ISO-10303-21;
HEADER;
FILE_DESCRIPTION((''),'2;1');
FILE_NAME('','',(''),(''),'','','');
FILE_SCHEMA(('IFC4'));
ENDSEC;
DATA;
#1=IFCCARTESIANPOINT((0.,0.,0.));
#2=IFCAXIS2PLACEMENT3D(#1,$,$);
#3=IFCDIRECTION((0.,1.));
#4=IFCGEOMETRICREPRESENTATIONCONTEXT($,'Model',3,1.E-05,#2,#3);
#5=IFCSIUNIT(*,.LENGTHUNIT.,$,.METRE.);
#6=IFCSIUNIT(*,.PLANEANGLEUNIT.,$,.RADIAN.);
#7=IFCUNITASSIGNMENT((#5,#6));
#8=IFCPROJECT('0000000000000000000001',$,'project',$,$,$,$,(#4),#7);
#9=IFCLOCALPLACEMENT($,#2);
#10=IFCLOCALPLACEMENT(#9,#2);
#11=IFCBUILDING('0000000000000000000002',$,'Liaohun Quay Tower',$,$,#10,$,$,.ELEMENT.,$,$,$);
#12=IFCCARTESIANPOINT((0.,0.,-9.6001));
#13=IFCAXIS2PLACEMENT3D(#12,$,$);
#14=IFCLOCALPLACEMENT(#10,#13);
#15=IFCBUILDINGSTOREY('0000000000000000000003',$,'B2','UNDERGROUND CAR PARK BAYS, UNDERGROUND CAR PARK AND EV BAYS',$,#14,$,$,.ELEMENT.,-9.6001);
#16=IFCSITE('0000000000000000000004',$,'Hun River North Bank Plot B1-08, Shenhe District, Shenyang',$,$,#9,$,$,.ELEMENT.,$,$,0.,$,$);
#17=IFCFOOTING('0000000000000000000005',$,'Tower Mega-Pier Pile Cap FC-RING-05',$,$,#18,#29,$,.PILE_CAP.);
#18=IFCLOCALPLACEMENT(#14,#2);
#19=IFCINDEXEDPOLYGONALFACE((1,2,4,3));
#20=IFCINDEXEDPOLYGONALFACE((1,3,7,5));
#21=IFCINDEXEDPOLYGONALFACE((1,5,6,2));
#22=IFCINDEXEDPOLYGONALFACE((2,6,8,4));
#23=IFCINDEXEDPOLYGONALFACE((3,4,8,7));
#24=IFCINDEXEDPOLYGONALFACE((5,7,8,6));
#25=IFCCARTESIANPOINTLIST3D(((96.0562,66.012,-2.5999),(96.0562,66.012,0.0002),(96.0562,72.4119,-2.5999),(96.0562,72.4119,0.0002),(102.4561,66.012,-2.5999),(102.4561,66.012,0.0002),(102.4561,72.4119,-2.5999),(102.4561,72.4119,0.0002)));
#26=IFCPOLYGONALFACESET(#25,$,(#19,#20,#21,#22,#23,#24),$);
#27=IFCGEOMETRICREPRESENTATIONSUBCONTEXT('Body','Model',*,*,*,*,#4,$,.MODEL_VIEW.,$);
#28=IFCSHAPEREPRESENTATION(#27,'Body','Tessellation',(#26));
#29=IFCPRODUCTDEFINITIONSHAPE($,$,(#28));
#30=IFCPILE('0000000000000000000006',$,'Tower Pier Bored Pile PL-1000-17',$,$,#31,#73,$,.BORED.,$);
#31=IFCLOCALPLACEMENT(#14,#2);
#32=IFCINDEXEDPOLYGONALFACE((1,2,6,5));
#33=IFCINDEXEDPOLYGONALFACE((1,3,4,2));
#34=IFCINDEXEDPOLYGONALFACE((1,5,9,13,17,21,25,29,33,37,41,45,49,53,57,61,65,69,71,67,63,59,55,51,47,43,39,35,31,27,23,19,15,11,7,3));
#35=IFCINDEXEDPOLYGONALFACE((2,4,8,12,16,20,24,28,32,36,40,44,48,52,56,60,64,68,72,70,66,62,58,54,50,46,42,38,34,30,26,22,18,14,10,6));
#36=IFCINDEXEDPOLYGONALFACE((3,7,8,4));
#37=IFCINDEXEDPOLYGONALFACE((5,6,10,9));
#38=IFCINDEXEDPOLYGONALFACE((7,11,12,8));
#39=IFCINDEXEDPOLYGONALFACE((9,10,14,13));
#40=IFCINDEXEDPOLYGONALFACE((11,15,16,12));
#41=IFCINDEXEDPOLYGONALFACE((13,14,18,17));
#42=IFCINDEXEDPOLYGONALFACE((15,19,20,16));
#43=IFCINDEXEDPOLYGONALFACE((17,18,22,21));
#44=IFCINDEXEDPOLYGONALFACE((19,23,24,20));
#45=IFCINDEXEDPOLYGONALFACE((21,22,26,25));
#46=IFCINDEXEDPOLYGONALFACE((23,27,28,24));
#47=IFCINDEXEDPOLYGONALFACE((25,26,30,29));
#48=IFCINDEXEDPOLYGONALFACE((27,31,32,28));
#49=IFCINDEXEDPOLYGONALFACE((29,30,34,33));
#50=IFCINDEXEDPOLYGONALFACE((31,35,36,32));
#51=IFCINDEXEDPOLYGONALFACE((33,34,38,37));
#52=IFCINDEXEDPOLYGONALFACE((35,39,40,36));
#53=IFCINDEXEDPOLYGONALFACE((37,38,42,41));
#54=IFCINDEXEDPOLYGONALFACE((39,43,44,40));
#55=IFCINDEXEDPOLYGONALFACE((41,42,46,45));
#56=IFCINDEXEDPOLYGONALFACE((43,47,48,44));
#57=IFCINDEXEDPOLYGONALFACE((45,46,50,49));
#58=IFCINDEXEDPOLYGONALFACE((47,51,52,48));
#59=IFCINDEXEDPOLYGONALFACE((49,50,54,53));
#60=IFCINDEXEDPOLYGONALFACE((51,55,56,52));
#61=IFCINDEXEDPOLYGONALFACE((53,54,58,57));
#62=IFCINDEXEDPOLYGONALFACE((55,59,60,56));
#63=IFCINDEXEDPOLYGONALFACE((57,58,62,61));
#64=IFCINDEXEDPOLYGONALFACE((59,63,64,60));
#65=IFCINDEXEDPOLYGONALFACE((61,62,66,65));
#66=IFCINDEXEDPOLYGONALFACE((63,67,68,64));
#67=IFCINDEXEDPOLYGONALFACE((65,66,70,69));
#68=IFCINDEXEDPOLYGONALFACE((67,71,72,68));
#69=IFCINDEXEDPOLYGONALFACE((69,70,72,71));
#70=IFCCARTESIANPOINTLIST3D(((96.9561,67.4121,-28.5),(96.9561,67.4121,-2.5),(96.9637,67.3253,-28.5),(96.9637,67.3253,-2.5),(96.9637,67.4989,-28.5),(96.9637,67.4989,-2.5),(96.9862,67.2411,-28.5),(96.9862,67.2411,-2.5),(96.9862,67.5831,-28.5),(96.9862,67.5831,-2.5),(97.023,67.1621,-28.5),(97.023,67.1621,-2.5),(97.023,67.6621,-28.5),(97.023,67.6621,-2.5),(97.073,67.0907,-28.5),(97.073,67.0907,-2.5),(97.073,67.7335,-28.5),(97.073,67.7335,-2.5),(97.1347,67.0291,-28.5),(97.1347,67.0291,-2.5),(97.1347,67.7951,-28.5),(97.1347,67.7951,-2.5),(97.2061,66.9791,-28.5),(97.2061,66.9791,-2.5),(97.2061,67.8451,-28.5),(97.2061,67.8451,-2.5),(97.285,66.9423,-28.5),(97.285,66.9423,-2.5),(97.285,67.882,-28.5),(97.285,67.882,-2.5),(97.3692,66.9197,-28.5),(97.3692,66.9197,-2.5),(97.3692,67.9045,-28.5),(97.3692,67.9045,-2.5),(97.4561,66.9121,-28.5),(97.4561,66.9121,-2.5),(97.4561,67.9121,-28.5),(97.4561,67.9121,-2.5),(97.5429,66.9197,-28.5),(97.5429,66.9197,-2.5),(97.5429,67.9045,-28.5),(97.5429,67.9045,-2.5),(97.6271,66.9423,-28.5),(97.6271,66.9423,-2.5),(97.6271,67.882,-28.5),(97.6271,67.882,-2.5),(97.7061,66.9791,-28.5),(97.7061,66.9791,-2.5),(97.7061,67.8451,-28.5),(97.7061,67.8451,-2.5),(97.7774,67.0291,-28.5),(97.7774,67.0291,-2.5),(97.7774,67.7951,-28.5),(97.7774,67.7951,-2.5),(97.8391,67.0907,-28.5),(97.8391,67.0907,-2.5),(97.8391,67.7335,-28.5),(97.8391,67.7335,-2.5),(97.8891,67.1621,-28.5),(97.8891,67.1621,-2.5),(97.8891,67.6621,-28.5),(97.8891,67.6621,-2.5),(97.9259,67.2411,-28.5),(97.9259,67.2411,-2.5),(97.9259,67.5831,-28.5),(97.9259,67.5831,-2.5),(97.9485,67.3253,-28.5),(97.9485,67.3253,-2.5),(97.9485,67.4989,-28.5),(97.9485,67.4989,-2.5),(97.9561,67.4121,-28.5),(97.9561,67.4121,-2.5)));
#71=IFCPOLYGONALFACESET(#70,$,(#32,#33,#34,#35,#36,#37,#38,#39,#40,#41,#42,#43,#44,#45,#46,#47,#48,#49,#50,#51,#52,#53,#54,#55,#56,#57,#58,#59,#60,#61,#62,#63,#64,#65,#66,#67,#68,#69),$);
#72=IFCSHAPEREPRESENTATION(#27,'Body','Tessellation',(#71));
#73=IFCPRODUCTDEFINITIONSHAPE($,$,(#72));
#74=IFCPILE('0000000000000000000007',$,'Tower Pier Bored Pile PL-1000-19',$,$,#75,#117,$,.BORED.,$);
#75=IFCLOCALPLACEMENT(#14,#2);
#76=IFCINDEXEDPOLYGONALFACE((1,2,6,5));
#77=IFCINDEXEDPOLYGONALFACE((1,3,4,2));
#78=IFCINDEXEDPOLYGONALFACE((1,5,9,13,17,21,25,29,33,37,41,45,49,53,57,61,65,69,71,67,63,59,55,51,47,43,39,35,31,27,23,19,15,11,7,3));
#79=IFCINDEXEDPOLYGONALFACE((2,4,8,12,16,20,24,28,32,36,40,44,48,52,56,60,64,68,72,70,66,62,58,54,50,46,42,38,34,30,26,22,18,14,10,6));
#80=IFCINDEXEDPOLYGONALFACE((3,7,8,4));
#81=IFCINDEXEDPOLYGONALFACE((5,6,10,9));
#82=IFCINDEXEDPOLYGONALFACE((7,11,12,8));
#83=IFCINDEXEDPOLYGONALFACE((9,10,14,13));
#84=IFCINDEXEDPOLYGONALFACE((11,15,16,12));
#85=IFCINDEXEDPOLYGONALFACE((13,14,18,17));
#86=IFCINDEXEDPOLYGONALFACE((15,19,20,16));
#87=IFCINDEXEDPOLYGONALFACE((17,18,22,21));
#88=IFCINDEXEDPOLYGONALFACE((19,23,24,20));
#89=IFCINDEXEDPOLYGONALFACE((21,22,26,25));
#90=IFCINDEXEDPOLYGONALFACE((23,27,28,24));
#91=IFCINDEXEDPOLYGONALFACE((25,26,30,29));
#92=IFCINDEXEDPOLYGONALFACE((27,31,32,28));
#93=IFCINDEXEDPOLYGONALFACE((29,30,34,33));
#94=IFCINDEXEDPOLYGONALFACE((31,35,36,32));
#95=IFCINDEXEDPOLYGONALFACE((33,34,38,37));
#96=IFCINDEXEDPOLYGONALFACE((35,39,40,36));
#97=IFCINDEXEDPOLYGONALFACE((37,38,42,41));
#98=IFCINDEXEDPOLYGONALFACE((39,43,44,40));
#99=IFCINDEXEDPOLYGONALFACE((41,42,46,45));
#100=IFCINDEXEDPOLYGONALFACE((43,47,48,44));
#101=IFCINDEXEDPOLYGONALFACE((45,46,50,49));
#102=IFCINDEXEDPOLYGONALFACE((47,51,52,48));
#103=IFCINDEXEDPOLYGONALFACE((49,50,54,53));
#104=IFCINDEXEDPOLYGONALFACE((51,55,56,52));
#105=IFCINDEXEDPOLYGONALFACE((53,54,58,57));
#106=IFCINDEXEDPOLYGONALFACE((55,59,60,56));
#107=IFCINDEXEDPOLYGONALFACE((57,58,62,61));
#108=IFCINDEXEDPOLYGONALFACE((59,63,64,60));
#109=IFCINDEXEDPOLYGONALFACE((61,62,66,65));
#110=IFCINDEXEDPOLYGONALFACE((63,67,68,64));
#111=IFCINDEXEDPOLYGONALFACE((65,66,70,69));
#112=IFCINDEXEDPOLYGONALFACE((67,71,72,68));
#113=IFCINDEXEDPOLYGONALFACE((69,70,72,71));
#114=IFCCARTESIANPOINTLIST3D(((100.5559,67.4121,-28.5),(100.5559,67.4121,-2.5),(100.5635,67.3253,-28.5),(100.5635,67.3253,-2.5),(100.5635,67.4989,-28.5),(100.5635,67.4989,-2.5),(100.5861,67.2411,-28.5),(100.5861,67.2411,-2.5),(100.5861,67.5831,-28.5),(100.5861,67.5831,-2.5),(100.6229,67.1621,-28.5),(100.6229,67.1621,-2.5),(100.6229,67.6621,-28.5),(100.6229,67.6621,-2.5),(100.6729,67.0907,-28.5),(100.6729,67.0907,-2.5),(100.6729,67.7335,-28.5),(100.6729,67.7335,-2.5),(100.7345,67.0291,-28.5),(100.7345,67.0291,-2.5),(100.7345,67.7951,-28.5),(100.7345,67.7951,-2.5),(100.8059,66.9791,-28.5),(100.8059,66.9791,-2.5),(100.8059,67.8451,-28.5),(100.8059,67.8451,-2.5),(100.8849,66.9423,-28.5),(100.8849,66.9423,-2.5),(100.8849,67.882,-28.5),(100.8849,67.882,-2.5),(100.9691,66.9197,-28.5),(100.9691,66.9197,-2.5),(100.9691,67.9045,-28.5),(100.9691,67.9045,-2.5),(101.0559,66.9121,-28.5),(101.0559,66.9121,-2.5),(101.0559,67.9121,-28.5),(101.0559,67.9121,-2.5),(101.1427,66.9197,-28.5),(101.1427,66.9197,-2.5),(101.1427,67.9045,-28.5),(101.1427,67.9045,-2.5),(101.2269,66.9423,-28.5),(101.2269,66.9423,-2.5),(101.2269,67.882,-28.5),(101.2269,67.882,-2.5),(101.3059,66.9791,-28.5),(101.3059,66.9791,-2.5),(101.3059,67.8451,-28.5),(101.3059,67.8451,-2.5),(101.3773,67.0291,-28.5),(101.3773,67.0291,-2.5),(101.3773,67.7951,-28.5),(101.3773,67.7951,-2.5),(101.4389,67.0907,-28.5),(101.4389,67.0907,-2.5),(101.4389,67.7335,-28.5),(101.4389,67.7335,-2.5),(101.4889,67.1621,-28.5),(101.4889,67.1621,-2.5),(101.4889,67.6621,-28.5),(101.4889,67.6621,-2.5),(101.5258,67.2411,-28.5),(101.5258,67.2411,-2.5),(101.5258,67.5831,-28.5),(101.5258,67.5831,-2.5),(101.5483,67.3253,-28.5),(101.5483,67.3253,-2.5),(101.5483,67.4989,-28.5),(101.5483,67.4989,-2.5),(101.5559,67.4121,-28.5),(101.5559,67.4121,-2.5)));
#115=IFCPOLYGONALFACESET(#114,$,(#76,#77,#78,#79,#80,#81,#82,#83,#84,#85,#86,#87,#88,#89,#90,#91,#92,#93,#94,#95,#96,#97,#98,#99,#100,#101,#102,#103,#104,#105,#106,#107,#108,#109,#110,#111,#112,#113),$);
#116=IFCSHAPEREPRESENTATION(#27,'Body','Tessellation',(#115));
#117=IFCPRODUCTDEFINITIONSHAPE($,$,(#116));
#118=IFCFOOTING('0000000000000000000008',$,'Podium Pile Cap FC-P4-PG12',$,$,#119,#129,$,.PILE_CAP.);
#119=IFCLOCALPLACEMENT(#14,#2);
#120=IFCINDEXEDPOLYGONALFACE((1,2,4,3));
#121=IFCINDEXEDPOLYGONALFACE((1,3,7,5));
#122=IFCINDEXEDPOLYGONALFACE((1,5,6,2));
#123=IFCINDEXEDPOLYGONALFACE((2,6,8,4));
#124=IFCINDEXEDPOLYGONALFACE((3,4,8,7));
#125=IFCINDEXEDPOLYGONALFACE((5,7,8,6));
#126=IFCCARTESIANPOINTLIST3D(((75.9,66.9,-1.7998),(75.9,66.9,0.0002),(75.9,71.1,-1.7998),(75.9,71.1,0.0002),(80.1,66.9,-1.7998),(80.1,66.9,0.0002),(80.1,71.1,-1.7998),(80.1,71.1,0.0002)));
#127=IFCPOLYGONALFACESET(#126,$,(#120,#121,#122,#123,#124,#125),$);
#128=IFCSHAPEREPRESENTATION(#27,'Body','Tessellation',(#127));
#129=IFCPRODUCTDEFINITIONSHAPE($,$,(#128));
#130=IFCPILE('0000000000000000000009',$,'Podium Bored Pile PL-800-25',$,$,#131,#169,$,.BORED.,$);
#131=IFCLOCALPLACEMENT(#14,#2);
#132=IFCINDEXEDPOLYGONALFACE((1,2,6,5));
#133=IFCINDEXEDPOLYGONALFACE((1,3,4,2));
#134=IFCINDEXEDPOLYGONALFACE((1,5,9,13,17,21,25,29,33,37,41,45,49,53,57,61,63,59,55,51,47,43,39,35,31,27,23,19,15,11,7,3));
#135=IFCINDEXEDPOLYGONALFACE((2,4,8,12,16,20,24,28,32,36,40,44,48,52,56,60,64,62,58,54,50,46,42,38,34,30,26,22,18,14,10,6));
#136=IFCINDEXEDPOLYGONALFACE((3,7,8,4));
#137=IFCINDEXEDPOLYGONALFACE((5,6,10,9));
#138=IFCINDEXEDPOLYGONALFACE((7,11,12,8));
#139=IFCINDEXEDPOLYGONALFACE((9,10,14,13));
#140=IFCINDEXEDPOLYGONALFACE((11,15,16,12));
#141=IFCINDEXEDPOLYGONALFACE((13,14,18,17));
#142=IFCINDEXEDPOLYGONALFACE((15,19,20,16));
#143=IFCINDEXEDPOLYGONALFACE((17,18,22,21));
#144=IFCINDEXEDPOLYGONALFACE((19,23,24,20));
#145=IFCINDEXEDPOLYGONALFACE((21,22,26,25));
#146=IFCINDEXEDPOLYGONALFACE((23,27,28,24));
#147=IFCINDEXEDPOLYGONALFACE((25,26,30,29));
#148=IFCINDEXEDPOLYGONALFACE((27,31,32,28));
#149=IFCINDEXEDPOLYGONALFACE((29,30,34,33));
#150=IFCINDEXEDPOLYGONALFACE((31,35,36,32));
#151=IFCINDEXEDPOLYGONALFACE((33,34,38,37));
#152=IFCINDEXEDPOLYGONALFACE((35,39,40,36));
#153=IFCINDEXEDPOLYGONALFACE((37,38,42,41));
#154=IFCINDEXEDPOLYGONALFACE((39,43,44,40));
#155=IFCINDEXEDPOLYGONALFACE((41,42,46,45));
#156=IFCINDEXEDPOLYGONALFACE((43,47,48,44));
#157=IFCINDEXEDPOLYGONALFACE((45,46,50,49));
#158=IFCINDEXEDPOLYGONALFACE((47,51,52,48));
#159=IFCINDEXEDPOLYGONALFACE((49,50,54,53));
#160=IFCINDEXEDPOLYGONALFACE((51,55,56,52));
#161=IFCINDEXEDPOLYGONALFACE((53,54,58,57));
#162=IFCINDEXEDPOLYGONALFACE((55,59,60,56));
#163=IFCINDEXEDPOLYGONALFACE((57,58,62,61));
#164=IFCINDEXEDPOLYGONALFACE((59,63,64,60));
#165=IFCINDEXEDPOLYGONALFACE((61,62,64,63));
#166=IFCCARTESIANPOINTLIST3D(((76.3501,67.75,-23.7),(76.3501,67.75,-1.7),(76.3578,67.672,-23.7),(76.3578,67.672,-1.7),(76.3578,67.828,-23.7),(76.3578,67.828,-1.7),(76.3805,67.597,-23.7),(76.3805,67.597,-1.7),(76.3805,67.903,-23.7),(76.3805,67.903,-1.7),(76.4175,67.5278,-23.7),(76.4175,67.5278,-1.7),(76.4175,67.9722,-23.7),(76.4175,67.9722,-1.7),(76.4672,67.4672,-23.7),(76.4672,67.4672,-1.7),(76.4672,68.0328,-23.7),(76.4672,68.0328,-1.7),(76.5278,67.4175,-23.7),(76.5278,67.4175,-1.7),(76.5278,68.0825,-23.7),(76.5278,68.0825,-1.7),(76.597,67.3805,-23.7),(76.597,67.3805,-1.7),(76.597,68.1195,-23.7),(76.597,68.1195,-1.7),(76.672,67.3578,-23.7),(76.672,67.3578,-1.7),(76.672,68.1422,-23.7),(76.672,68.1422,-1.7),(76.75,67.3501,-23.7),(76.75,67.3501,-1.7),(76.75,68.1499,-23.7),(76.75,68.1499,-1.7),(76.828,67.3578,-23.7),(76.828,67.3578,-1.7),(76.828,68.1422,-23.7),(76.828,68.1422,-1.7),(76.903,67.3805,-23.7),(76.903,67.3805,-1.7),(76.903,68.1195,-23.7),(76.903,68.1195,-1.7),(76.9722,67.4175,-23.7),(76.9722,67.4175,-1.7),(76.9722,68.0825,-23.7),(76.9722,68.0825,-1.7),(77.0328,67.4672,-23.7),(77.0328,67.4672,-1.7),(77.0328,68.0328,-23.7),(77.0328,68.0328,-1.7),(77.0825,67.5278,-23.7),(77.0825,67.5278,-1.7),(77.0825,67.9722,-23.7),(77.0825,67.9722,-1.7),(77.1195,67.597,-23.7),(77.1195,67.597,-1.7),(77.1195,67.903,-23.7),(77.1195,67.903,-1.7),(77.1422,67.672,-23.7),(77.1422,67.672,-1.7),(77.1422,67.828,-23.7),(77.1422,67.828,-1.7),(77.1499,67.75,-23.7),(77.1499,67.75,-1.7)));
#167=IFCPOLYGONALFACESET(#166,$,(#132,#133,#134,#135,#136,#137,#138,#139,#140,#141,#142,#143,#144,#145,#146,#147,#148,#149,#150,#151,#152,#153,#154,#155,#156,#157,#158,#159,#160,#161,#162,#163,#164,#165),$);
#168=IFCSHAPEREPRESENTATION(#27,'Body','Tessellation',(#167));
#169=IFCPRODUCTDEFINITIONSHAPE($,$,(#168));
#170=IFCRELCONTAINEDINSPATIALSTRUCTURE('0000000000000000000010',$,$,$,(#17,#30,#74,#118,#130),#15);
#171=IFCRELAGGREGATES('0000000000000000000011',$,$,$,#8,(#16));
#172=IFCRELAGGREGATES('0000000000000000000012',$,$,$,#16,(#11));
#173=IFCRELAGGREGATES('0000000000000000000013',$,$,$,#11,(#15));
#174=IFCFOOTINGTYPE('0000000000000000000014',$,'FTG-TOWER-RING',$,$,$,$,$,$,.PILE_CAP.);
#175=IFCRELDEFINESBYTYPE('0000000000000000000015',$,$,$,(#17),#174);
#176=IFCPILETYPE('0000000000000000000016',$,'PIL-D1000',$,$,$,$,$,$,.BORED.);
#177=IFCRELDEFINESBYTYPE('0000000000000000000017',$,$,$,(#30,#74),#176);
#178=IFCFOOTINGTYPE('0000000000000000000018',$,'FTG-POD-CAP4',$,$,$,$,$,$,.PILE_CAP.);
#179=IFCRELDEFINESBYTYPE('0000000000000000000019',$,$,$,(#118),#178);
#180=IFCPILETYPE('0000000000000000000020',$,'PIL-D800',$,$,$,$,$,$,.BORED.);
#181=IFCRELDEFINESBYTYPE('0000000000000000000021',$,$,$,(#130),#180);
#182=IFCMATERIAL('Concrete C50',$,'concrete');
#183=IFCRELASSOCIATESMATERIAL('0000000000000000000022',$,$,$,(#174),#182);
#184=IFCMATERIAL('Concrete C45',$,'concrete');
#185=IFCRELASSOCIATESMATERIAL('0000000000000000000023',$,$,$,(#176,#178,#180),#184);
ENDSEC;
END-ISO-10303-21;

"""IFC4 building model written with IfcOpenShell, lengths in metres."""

from ifc_helpers import new_model, si_unit, direction, frame, origin, origin_2d, place, context, subcontext, project, spatial, rectangle, circle, extrude, source, transform, mapped, material, material_profile, profile_set, type_object, element, save


model = new_model("IFC4")

# Units and contexts
model_context = context("Model", 3, precision=1e-05, world=origin(), true_north=direction((0.0, 1.0)))
body_context = subcontext(model_context, "Body", "Model", "MODEL_VIEW")
ifc_project = project(units=[si_unit("LENGTHUNIT", "METRE"), si_unit("PLANEANGLEUNIT", "RADIAN")], contexts=[model_context])

# Site, building, storey
site_placement = place(None, origin())
site = spatial("IfcSite", under=ifc_project, at=site_placement, Name="Hun River North Bank Plot B1-08, Shenhe District, Shenyang", CompositionType="ELEMENT", RefElevation=0.0)
building_placement = place(site_placement, origin())
building = spatial("IfcBuilding", under=site, at=building_placement, Name="Liaohun Quay Tower", CompositionType="ELEMENT")
storey_placement = place(building_placement, frame((0.0, 0.0, -9.6001)))
storey = spatial("IfcBuildingStorey", under=building, at=storey_placement, Name="B2", Description="UNDERGROUND CAR PARK BAYS, UNDERGROUND CAR PARK AND EV BAYS", CompositionType="ELEMENT", Elevation=-9.6001)

# Footing
ifc_material_1 = material(Name="Concrete C50", Category="concrete")
footing_type_1 = type_object("IfcFootingType", Name="FTG-TOWER-RING", PredefinedType="PILE_CAP", material=ifc_material_1)
shared_shape_1 = source(origin(), body_context, "Body", "SweptSolid", [
    extrude(rectangle(XDim=6.3999, YDim=6.3999, at=origin_2d()), origin(), (0.0, 0.0, 1.0), 2.6001),
])
footing_1_placement = place(storey_placement, frame((99.2561, 69.2119, -2.5999), z_axis=(0.0, 0.0, 1.0), x_axis=(1.0, 0.0, 0.0)))
element("IfcFooting", 1, at=footing_1_placement, inside=storey, type_object=footing_type_1, Name="Tower Mega-Pier Pile Cap FC-RING-05", PredefinedType="PILE_CAP", context=body_context, shape_type="MappedRepresentation", body=[
    mapped(shared_shape_1, transform((0.0, 0.0, 0.0), x_axis=(1.0, 0.0, 0.0), y_axis=(0.0, 1.0, 0.0), z_axis=(0.0, 0.0, 1.0), scale=1.0)),
])

# Piles
ifc_material_2 = material(Name="Concrete C45", Category="concrete")
ifc_material_profile_1 = material_profile(ifc_material_2, circle(Radius=0.5, at=origin_2d()), Name="PILE-D1000")
ifc_profile_set_1 = profile_set([ifc_material_profile_1], Name="Concrete C45")
pile_type_1 = type_object("IfcPileType", Name="PIL-D1000", PredefinedType="BORED", material=ifc_profile_set_1)
shared_shape_2 = source(origin(), body_context, "Body", "SweptSolid", [
    extrude(circle(Radius=0.5, at=origin_2d()), origin(), (0.0, 0.0, 1.0), 26.0),
])
for number, where, z_axis, x_axis, name in (
    (2, (97.4561, 67.4121, -2.5), (0.0, 0.0, -1.0), (1.0, 0.0, 0.0), "Tower Pier Bored Pile PL-1000-17"),
    (3, (101.0559, 67.4121, -2.5), (0.0, 0.0, -1.0), (1.0, 0.0, 0.0), "Tower Pier Bored Pile PL-1000-19"),
):
    element("IfcPile", number, at=place(storey_placement, frame(where, z_axis=z_axis, x_axis=x_axis)), inside=storey, type_object=pile_type_1, Name=name, PredefinedType="BORED", context=body_context, shape_type="MappedRepresentation", body=[
        mapped(shared_shape_2, transform((0.0, 0.0, 0.0), x_axis=(1.0, 0.0, 0.0), y_axis=(0.0, 1.0, 0.0), z_axis=(0.0, 0.0, 1.0), scale=1.0)),
    ])

# Footing
footing_type_2 = type_object("IfcFootingType", Name="FTG-POD-CAP4", PredefinedType="PILE_CAP", material=ifc_material_2)
shared_shape_3 = source(origin(), body_context, "Body", "SweptSolid", [
    extrude(rectangle(XDim=4.2, YDim=4.2, at=origin_2d()), origin(), (0.0, 0.0, 1.0), 1.8),
])
footing_2_placement = place(storey_placement, frame((78.0, 69.0, -1.7998), z_axis=(0.0, 0.0, 1.0), x_axis=(1.0, 0.0, 0.0)))
element("IfcFooting", 4, at=footing_2_placement, inside=storey, type_object=footing_type_2, Name="Podium Pile Cap FC-P4-PG12", PredefinedType="PILE_CAP", context=body_context, shape_type="MappedRepresentation", body=[
    mapped(shared_shape_3, transform((0.0, 0.0, 0.0), x_axis=(1.0, 0.0, 0.0), y_axis=(0.0, 1.0, 0.0), z_axis=(0.0, 0.0, 1.0), scale=1.0)),
])

# Pile
ifc_material_profile_2 = material_profile(ifc_material_2, circle(Radius=0.3999, at=origin_2d()), Name="PILE-D800")
ifc_profile_set_2 = profile_set([ifc_material_profile_2], Name="Concrete C45")
pile_type_2 = type_object("IfcPileType", Name="PIL-D800", PredefinedType="BORED", material=ifc_profile_set_2)
shared_shape_4 = source(origin(), body_context, "Body", "SweptSolid", [
    extrude(circle(Radius=0.3999, at=origin_2d()), origin(), (0.0, 0.0, 1.0), 22.0),
])
for number, where, z_axis, x_axis, name in (
    (5, (76.75, 67.75, -1.7), (0.0, 0.0, -1.0), (1.0, 0.0, 0.0), "Podium Bored Pile PL-800-25"),
):
    element("IfcPile", number, at=place(storey_placement, frame(where, z_axis=z_axis, x_axis=x_axis)), inside=storey, type_object=pile_type_2, Name=name, PredefinedType="BORED", context=body_context, shape_type="MappedRepresentation", body=[
        mapped(shared_shape_4, transform((0.0, 0.0, 0.0), x_axis=(1.0, 0.0, 0.0), y_axis=(0.0, 1.0, 0.0), z_axis=(0.0, 0.0, 1.0), scale=1.0)),
    ])

save(model, "model.ifc")
